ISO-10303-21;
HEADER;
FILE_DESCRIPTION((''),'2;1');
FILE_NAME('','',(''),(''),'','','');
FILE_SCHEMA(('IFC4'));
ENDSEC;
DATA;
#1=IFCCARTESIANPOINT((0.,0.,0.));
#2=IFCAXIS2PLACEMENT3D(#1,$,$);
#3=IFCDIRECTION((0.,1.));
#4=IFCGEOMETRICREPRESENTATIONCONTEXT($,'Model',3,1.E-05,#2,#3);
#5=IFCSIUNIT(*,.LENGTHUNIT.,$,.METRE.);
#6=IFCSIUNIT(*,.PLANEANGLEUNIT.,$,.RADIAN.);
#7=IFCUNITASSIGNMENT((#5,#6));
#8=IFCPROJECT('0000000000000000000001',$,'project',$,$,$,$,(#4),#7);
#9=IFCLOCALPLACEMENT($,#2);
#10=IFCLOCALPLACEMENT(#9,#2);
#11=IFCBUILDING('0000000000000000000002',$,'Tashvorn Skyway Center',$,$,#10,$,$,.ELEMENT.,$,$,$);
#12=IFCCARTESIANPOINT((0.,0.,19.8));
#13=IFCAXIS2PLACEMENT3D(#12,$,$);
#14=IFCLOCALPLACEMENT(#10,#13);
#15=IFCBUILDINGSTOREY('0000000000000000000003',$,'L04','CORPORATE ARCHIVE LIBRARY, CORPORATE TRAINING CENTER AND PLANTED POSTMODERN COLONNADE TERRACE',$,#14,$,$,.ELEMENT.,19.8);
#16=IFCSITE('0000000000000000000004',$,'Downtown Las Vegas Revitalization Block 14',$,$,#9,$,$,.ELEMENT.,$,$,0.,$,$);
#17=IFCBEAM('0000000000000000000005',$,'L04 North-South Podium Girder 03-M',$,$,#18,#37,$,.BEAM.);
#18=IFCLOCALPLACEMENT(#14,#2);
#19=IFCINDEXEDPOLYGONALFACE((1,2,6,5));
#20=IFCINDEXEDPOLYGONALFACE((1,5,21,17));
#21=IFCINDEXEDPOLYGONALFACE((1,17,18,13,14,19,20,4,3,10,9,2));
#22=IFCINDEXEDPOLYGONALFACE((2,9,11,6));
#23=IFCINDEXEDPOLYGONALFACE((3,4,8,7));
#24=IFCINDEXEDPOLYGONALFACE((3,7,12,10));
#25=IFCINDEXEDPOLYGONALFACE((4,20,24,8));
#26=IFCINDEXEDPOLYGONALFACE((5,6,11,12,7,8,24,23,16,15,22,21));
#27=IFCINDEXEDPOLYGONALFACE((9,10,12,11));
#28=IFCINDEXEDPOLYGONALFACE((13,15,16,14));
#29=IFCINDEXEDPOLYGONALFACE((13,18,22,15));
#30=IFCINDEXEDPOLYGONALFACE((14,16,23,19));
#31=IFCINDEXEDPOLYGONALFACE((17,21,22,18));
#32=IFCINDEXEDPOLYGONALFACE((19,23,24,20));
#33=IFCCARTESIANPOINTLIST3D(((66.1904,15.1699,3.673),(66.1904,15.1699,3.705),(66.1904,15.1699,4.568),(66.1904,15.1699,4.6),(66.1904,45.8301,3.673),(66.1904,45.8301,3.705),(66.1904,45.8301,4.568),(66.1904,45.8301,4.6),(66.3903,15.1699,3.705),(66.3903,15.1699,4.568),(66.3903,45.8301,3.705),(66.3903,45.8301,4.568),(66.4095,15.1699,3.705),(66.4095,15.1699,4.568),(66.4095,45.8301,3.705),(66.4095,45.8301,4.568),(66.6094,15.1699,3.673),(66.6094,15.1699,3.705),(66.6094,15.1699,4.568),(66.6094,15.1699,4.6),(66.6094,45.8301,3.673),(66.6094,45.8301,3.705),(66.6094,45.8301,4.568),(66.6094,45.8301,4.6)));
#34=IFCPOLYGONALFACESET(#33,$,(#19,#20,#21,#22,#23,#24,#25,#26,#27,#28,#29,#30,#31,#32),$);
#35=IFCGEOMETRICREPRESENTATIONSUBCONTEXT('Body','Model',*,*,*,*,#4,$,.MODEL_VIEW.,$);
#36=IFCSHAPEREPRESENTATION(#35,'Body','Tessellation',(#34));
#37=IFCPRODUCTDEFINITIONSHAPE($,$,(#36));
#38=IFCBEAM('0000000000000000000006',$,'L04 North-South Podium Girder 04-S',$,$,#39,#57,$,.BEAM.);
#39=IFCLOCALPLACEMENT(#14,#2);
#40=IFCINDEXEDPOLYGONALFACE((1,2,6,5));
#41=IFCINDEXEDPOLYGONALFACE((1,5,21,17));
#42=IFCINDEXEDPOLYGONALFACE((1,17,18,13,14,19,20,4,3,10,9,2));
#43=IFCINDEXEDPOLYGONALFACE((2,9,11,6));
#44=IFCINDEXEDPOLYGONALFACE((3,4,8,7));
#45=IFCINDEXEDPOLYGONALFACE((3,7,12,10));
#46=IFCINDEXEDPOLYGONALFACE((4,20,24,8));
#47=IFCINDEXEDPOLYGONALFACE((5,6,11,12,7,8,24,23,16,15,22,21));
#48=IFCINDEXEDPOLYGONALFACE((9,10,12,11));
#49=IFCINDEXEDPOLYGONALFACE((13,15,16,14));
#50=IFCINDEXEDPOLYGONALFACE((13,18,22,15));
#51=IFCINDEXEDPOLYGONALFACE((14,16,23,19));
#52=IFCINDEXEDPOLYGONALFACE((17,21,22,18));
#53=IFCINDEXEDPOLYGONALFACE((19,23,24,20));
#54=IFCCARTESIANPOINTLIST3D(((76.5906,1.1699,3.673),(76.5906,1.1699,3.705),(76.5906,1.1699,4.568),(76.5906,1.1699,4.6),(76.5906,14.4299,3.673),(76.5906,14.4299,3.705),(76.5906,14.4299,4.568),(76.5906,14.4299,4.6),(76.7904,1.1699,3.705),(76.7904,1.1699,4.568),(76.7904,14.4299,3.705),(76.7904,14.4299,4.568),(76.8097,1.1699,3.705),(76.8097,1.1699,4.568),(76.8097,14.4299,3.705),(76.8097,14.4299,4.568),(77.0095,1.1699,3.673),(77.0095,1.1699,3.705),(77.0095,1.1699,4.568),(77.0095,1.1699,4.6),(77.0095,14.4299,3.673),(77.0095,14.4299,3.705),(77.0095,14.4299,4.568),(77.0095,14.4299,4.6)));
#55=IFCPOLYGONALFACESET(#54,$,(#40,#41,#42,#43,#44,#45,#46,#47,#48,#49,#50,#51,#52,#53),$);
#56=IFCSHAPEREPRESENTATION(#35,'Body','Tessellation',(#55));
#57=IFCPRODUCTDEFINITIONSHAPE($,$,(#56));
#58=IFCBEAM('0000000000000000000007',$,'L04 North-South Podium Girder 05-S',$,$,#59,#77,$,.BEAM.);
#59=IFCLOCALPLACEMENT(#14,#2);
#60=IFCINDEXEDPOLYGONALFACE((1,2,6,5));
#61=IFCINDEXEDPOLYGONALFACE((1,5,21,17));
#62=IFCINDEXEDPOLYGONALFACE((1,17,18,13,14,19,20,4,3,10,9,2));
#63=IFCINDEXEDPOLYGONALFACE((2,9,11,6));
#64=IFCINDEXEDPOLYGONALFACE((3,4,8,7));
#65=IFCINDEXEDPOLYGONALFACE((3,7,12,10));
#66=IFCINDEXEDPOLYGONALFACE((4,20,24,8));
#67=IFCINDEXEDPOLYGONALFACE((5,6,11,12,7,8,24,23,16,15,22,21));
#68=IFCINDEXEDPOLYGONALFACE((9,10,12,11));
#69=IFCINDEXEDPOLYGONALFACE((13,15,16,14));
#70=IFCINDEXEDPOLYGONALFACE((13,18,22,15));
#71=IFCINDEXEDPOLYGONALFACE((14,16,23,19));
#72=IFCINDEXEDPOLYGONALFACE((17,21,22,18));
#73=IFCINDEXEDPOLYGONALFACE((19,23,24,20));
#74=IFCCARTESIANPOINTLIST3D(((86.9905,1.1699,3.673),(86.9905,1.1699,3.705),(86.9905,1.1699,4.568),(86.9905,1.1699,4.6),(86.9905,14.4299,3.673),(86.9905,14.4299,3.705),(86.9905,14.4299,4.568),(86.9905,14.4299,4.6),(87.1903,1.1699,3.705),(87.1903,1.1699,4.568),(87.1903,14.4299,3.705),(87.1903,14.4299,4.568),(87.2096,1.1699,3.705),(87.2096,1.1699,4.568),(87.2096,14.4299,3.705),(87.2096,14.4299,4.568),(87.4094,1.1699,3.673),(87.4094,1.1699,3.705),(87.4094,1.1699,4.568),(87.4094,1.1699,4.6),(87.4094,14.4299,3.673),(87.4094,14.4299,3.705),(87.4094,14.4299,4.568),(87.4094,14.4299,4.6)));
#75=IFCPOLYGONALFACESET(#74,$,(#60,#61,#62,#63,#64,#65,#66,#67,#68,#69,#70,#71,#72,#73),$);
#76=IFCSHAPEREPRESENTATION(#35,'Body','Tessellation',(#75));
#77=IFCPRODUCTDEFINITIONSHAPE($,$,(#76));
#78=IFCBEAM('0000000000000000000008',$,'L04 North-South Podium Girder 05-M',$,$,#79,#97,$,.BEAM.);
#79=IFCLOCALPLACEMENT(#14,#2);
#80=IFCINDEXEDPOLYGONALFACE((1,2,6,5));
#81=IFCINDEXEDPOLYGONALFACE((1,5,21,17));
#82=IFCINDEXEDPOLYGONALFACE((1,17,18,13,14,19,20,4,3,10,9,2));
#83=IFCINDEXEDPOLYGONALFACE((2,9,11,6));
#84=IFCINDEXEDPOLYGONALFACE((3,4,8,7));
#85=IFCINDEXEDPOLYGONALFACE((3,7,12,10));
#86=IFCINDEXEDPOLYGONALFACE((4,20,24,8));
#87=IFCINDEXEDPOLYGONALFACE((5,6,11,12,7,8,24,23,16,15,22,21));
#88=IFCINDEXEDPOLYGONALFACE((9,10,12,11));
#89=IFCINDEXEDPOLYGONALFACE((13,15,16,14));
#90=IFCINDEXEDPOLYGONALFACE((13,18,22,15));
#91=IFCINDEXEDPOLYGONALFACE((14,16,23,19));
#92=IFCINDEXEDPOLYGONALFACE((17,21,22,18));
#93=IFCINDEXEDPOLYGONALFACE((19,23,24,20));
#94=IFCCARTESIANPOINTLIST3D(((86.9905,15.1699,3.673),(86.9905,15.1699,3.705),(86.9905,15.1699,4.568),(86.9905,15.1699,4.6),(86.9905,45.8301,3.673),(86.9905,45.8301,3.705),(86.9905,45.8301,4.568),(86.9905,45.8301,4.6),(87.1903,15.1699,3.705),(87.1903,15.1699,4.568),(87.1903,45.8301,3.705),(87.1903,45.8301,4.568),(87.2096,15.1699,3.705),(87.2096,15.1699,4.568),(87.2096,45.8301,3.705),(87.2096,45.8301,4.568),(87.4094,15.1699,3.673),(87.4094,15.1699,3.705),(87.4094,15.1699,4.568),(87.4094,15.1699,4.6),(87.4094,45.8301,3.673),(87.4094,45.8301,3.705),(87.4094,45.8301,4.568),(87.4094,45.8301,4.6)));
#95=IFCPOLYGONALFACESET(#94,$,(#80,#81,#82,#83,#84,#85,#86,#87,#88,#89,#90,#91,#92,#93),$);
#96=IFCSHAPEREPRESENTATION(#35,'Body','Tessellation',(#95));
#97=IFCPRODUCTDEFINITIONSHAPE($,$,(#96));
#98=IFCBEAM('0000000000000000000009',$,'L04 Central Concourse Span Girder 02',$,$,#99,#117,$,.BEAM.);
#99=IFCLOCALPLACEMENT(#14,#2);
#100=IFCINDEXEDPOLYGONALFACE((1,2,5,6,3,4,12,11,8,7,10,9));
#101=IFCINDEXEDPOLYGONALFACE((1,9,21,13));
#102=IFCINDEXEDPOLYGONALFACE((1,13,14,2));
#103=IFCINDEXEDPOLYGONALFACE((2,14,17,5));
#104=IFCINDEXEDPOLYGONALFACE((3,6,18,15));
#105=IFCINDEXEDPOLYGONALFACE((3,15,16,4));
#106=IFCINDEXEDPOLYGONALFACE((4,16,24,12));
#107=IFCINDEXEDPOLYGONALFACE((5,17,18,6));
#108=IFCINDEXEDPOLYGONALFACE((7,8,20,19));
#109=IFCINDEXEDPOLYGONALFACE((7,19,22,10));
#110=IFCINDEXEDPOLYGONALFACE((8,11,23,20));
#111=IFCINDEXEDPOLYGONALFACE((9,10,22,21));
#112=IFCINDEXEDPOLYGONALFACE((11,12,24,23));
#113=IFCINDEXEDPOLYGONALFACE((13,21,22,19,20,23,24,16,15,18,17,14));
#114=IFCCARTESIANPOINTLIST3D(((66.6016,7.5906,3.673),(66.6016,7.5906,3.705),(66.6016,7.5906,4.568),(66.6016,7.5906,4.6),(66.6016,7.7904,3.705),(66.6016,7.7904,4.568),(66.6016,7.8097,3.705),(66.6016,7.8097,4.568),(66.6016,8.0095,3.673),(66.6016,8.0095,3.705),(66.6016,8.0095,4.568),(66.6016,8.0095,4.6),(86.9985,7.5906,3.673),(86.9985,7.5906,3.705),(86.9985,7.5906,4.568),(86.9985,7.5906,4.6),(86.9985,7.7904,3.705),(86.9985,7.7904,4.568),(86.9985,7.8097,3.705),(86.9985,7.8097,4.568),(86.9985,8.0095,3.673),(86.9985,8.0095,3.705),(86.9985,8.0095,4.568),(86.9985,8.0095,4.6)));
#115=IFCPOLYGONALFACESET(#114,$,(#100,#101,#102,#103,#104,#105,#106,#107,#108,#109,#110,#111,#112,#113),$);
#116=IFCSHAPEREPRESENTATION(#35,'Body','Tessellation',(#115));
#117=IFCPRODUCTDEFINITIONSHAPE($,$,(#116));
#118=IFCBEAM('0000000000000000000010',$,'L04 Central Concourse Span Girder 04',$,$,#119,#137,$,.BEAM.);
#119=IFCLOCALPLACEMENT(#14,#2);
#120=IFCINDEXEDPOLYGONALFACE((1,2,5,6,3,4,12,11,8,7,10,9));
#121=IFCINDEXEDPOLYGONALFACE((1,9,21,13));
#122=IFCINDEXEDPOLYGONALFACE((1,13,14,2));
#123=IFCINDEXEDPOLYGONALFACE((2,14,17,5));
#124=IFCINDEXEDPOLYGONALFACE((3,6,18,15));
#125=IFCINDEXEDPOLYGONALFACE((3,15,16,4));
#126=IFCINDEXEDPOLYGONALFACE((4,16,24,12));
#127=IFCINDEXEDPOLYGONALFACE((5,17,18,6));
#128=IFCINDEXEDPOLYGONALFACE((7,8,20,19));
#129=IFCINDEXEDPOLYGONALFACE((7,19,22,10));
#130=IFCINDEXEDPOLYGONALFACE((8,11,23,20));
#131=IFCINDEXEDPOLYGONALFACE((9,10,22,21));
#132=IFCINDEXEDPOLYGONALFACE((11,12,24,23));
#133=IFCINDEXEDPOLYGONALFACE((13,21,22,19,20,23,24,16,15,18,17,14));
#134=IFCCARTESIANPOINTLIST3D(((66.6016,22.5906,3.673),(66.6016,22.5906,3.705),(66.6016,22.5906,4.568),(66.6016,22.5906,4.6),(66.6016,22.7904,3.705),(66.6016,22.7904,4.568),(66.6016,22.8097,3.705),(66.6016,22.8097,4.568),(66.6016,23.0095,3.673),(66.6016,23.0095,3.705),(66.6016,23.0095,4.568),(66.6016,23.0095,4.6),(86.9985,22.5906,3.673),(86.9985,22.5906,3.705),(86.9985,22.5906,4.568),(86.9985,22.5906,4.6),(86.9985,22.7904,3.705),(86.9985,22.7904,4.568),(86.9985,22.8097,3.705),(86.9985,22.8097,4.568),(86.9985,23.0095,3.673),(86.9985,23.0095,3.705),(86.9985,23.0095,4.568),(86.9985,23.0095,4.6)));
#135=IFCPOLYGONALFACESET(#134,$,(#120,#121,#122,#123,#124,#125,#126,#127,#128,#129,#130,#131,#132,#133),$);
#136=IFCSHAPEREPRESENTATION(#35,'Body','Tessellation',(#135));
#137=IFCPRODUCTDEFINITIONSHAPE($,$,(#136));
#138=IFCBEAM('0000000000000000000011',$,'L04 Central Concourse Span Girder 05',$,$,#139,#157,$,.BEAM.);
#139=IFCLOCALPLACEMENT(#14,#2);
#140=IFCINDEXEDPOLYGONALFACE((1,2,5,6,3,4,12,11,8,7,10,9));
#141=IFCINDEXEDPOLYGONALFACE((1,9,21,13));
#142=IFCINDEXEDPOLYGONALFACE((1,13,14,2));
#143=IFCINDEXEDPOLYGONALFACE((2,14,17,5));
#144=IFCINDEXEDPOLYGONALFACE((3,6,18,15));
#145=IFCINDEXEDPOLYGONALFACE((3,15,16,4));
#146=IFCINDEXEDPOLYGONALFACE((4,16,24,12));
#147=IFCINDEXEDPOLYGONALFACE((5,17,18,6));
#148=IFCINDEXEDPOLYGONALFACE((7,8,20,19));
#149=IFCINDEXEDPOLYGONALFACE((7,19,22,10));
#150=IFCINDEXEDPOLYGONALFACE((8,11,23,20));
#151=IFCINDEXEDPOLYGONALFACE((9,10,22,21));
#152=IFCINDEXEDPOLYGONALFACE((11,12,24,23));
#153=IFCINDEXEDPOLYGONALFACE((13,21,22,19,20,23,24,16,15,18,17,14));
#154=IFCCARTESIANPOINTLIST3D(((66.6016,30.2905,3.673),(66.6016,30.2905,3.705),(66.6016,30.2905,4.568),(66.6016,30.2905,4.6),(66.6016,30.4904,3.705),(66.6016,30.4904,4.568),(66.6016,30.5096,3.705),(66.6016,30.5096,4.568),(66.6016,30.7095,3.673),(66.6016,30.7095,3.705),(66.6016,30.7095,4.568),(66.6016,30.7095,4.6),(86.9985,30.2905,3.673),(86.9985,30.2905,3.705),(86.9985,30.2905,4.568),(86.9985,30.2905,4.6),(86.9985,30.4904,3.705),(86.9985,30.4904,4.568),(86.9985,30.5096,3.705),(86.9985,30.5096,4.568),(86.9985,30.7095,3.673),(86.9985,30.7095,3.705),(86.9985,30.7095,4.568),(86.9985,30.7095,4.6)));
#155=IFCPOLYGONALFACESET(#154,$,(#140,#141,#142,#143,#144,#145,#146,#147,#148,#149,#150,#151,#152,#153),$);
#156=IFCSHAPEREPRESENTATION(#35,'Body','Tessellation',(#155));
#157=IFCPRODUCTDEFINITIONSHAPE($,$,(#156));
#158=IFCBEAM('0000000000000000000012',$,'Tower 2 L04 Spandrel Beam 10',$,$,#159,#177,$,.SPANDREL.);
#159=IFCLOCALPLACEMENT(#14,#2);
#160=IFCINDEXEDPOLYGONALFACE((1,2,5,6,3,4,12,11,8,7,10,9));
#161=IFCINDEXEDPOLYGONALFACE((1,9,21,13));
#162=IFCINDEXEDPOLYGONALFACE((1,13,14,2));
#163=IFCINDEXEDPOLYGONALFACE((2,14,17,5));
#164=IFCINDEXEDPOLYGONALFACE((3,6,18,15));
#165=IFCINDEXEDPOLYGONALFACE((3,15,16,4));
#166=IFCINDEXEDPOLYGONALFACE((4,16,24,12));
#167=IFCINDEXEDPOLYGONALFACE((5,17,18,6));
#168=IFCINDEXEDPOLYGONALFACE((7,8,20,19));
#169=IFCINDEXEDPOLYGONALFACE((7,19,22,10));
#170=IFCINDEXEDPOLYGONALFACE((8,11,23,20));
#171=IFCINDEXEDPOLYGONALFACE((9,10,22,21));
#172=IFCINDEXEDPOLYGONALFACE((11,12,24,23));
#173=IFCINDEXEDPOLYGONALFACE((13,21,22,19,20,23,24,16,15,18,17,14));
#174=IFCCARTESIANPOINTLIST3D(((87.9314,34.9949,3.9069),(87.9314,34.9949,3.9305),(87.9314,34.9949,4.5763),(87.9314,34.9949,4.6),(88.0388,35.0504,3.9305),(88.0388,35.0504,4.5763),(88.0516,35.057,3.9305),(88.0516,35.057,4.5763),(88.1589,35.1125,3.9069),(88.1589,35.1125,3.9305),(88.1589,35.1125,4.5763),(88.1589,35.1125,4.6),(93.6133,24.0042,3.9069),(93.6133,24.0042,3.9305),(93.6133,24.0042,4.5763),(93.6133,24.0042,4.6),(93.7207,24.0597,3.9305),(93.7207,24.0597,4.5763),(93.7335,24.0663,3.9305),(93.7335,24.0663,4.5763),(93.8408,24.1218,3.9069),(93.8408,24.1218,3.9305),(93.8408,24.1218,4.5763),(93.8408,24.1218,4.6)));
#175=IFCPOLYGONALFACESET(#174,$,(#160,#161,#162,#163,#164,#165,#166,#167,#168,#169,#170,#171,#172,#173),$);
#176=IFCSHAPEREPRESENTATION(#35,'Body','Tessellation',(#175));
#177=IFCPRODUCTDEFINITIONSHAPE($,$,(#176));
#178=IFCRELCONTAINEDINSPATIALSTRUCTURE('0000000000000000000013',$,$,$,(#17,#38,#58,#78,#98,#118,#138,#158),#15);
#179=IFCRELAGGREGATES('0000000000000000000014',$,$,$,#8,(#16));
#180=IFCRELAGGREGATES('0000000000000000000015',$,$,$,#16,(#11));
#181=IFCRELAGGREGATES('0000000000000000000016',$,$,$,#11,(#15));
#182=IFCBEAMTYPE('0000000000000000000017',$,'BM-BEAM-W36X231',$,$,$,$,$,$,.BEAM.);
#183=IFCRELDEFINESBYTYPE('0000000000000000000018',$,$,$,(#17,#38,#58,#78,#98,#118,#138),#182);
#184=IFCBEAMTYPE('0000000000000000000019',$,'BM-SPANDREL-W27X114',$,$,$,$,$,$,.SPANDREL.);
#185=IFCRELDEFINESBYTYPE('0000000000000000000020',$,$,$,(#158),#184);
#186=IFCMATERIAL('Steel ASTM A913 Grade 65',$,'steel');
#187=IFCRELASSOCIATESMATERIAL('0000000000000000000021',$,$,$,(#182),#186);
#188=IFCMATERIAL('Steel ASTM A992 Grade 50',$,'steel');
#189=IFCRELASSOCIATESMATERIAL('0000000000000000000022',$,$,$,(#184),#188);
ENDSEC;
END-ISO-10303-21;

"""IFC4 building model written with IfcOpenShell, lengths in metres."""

from ifc_helpers import new_model, si_unit, direction, frame, origin, origin_2d, place, context, subcontext, project, spatial, i_section, extrude, material, material_profile, profile_set, type_object, element, save


model = new_model("IFC4")

# Units and contexts
model_context = context("Model", 3, precision=1e-05, world=origin(), true_north=direction((0.0, 1.0)))
body_context = subcontext(model_context, "Body", "Model", "MODEL_VIEW")
ifc_project = project(units=[si_unit("LENGTHUNIT", "METRE"), si_unit("PLANEANGLEUNIT", "RADIAN")], contexts=[model_context])

# Site, building, storey
site_placement = place(None, origin())
site = spatial("IfcSite", under=ifc_project, at=site_placement, Name="Downtown Las Vegas Revitalization Block 14", CompositionType="ELEMENT", RefElevation=0.0)
building_placement = place(site_placement, origin())
building = spatial("IfcBuilding", under=site, at=building_placement, Name="Tashvorn Skyway Center", CompositionType="ELEMENT")
storey_placement = place(building_placement, frame((0.0, 0.0, 19.8)))
storey = spatial("IfcBuildingStorey", under=building, at=storey_placement, Name="L04", Description="CORPORATE ARCHIVE LIBRARY, CORPORATE TRAINING CENTER AND PLANTED POSTMODERN COLONNADE TERRACE", CompositionType="ELEMENT", Elevation=19.8)

# Beams
ifc_material_1 = material(Name="Steel ASTM A992 Grade 50", Category="steel")
ifc_material_2 = material(Name="Steel ASTM A913 Grade 65", Category="steel")
ifc_material_profile_1 = material_profile(ifc_material_2, i_section(OverallWidth=0.4189, OverallDepth=0.927, WebThickness=0.0193, FlangeThickness=0.032, at=origin_2d()), Name="W36X231")
ifc_profile_set_1 = profile_set([ifc_material_profile_1], Name="Steel ASTM A913 Grade 65")
beam_type_1 = type_object("IfcBeamType", Name="BM-BEAM-W36X231", PredefinedType="BEAM", material=ifc_profile_set_1)
beam_1_placement = place(storey_placement, frame((66.3999, 15.1699, 4.1365), z_axis=(0.0, 1.0, 0.0), x_axis=(-1.0, 0.0, 0.0)))
element("IfcBeam", 1, at=beam_1_placement, inside=storey, type_object=beam_type_1, Name="L04 North-South Podium Girder 03-M", PredefinedType="BEAM", context=body_context, shape_type="SweptSolid", body=[
    extrude(i_section(OverallWidth=0.4189, OverallDepth=0.927, WebThickness=0.0193, FlangeThickness=0.032, at=origin_2d()), origin(), (0.0, 0.0, 1.0), 30.6602),
])
for number, where, z_axis, x_axis, name in (
    (2, (76.8, 1.1699, 4.1365), (0.0, 1.0, 0.0), (-1.0, 0.0, 0.0), "L04 North-South Podium Girder 04-S"),
    (3, (87.2, 1.1699, 4.1365), (0.0, 1.0, 0.0), (-1.0, 0.0, 0.0), "L04 North-South Podium Girder 05-S"),
):
    element("IfcBeam", number, at=place(storey_placement, frame(where, z_axis=z_axis, x_axis=x_axis)), inside=storey, type_object=beam_type_1, Name=name, PredefinedType="BEAM", context=body_context, shape_type="SweptSolid", body=[
        extrude(i_section(OverallWidth=0.4189, OverallDepth=0.927, WebThickness=0.0193, FlangeThickness=0.032, at=origin_2d()), origin(), (0.0, 0.0, 1.0), 13.26),
    ])
beam_2_placement = place(storey_placement, frame((87.2, 15.1699, 4.1365), z_axis=(0.0, 1.0, 0.0), x_axis=(-1.0, 0.0, 0.0)))
element("IfcBeam", 4, at=beam_2_placement, inside=storey, type_object=beam_type_1, Name="L04 North-South Podium Girder 05-M", PredefinedType="BEAM", context=body_context, shape_type="SweptSolid", body=[
    extrude(i_section(OverallWidth=0.4189, OverallDepth=0.927, WebThickness=0.0193, FlangeThickness=0.032, at=origin_2d()), origin(), (0.0, 0.0, 1.0), 30.6602),
])
for number, where, z_axis, x_axis, name in (
    (5, (66.6016, 7.8, 4.1365), (1.0, 0.0, 0.0), (0.0, 1.0, 0.0), "L04 Central Concourse Span Girder 02"),
    (6, (66.6016, 22.8, 4.1365), (1.0, 0.0, 0.0), (0.0, 1.0, 0.0), "L04 Central Concourse Span Girder 04"),
    (7, (66.6016, 30.5, 4.1365), (1.0, 0.0, 0.0), (0.0, 1.0, 0.0), "L04 Central Concourse Span Girder 05"),
):
    element("IfcBeam", number, at=place(storey_placement, frame(where, z_axis=z_axis, x_axis=x_axis)), inside=storey, type_object=beam_type_1, Name=name, PredefinedType="BEAM", context=body_context, shape_type="SweptSolid", body=[
        extrude(i_section(OverallWidth=0.4189, OverallDepth=0.927, WebThickness=0.0193, FlangeThickness=0.032, at=origin_2d()), origin(), (0.0, 0.0, 1.0), 20.397),
    ])
ifc_material_profile_2 = material_profile(ifc_material_1, i_section(OverallWidth=0.2561, OverallDepth=0.6931, WebThickness=0.0144, FlangeThickness=0.0237, at=origin_2d()), Name="W27X114")
ifc_profile_set_2 = profile_set([ifc_material_profile_2], Name="Steel ASTM A992 Grade 50")
beam_type_2 = type_object("IfcBeamType", Name="BM-SPANDREL-W27X114", PredefinedType="SPANDREL", material=ifc_profile_set_2)
beam_3_placement = place(storey_placement, frame((88.0452, 35.0537, 4.2534), z_axis=(0.459233, -0.888316, 0.0), x_axis=(0.888316, 0.459233, 0.0)))
element("IfcBeam", 8, at=beam_3_placement, inside=storey, type_object=beam_type_2, Name="Tower 2 L04 Spandrel Beam 10", PredefinedType="SPANDREL", context=body_context, shape_type="SweptSolid", body=[
    extrude(i_section(OverallWidth=0.2561, OverallDepth=0.6931, WebThickness=0.0144, FlangeThickness=0.0237, at=origin_2d()), origin(), (0.0, 0.0, 1.0), 12.3726),
])

save(model, "model.ifc")
